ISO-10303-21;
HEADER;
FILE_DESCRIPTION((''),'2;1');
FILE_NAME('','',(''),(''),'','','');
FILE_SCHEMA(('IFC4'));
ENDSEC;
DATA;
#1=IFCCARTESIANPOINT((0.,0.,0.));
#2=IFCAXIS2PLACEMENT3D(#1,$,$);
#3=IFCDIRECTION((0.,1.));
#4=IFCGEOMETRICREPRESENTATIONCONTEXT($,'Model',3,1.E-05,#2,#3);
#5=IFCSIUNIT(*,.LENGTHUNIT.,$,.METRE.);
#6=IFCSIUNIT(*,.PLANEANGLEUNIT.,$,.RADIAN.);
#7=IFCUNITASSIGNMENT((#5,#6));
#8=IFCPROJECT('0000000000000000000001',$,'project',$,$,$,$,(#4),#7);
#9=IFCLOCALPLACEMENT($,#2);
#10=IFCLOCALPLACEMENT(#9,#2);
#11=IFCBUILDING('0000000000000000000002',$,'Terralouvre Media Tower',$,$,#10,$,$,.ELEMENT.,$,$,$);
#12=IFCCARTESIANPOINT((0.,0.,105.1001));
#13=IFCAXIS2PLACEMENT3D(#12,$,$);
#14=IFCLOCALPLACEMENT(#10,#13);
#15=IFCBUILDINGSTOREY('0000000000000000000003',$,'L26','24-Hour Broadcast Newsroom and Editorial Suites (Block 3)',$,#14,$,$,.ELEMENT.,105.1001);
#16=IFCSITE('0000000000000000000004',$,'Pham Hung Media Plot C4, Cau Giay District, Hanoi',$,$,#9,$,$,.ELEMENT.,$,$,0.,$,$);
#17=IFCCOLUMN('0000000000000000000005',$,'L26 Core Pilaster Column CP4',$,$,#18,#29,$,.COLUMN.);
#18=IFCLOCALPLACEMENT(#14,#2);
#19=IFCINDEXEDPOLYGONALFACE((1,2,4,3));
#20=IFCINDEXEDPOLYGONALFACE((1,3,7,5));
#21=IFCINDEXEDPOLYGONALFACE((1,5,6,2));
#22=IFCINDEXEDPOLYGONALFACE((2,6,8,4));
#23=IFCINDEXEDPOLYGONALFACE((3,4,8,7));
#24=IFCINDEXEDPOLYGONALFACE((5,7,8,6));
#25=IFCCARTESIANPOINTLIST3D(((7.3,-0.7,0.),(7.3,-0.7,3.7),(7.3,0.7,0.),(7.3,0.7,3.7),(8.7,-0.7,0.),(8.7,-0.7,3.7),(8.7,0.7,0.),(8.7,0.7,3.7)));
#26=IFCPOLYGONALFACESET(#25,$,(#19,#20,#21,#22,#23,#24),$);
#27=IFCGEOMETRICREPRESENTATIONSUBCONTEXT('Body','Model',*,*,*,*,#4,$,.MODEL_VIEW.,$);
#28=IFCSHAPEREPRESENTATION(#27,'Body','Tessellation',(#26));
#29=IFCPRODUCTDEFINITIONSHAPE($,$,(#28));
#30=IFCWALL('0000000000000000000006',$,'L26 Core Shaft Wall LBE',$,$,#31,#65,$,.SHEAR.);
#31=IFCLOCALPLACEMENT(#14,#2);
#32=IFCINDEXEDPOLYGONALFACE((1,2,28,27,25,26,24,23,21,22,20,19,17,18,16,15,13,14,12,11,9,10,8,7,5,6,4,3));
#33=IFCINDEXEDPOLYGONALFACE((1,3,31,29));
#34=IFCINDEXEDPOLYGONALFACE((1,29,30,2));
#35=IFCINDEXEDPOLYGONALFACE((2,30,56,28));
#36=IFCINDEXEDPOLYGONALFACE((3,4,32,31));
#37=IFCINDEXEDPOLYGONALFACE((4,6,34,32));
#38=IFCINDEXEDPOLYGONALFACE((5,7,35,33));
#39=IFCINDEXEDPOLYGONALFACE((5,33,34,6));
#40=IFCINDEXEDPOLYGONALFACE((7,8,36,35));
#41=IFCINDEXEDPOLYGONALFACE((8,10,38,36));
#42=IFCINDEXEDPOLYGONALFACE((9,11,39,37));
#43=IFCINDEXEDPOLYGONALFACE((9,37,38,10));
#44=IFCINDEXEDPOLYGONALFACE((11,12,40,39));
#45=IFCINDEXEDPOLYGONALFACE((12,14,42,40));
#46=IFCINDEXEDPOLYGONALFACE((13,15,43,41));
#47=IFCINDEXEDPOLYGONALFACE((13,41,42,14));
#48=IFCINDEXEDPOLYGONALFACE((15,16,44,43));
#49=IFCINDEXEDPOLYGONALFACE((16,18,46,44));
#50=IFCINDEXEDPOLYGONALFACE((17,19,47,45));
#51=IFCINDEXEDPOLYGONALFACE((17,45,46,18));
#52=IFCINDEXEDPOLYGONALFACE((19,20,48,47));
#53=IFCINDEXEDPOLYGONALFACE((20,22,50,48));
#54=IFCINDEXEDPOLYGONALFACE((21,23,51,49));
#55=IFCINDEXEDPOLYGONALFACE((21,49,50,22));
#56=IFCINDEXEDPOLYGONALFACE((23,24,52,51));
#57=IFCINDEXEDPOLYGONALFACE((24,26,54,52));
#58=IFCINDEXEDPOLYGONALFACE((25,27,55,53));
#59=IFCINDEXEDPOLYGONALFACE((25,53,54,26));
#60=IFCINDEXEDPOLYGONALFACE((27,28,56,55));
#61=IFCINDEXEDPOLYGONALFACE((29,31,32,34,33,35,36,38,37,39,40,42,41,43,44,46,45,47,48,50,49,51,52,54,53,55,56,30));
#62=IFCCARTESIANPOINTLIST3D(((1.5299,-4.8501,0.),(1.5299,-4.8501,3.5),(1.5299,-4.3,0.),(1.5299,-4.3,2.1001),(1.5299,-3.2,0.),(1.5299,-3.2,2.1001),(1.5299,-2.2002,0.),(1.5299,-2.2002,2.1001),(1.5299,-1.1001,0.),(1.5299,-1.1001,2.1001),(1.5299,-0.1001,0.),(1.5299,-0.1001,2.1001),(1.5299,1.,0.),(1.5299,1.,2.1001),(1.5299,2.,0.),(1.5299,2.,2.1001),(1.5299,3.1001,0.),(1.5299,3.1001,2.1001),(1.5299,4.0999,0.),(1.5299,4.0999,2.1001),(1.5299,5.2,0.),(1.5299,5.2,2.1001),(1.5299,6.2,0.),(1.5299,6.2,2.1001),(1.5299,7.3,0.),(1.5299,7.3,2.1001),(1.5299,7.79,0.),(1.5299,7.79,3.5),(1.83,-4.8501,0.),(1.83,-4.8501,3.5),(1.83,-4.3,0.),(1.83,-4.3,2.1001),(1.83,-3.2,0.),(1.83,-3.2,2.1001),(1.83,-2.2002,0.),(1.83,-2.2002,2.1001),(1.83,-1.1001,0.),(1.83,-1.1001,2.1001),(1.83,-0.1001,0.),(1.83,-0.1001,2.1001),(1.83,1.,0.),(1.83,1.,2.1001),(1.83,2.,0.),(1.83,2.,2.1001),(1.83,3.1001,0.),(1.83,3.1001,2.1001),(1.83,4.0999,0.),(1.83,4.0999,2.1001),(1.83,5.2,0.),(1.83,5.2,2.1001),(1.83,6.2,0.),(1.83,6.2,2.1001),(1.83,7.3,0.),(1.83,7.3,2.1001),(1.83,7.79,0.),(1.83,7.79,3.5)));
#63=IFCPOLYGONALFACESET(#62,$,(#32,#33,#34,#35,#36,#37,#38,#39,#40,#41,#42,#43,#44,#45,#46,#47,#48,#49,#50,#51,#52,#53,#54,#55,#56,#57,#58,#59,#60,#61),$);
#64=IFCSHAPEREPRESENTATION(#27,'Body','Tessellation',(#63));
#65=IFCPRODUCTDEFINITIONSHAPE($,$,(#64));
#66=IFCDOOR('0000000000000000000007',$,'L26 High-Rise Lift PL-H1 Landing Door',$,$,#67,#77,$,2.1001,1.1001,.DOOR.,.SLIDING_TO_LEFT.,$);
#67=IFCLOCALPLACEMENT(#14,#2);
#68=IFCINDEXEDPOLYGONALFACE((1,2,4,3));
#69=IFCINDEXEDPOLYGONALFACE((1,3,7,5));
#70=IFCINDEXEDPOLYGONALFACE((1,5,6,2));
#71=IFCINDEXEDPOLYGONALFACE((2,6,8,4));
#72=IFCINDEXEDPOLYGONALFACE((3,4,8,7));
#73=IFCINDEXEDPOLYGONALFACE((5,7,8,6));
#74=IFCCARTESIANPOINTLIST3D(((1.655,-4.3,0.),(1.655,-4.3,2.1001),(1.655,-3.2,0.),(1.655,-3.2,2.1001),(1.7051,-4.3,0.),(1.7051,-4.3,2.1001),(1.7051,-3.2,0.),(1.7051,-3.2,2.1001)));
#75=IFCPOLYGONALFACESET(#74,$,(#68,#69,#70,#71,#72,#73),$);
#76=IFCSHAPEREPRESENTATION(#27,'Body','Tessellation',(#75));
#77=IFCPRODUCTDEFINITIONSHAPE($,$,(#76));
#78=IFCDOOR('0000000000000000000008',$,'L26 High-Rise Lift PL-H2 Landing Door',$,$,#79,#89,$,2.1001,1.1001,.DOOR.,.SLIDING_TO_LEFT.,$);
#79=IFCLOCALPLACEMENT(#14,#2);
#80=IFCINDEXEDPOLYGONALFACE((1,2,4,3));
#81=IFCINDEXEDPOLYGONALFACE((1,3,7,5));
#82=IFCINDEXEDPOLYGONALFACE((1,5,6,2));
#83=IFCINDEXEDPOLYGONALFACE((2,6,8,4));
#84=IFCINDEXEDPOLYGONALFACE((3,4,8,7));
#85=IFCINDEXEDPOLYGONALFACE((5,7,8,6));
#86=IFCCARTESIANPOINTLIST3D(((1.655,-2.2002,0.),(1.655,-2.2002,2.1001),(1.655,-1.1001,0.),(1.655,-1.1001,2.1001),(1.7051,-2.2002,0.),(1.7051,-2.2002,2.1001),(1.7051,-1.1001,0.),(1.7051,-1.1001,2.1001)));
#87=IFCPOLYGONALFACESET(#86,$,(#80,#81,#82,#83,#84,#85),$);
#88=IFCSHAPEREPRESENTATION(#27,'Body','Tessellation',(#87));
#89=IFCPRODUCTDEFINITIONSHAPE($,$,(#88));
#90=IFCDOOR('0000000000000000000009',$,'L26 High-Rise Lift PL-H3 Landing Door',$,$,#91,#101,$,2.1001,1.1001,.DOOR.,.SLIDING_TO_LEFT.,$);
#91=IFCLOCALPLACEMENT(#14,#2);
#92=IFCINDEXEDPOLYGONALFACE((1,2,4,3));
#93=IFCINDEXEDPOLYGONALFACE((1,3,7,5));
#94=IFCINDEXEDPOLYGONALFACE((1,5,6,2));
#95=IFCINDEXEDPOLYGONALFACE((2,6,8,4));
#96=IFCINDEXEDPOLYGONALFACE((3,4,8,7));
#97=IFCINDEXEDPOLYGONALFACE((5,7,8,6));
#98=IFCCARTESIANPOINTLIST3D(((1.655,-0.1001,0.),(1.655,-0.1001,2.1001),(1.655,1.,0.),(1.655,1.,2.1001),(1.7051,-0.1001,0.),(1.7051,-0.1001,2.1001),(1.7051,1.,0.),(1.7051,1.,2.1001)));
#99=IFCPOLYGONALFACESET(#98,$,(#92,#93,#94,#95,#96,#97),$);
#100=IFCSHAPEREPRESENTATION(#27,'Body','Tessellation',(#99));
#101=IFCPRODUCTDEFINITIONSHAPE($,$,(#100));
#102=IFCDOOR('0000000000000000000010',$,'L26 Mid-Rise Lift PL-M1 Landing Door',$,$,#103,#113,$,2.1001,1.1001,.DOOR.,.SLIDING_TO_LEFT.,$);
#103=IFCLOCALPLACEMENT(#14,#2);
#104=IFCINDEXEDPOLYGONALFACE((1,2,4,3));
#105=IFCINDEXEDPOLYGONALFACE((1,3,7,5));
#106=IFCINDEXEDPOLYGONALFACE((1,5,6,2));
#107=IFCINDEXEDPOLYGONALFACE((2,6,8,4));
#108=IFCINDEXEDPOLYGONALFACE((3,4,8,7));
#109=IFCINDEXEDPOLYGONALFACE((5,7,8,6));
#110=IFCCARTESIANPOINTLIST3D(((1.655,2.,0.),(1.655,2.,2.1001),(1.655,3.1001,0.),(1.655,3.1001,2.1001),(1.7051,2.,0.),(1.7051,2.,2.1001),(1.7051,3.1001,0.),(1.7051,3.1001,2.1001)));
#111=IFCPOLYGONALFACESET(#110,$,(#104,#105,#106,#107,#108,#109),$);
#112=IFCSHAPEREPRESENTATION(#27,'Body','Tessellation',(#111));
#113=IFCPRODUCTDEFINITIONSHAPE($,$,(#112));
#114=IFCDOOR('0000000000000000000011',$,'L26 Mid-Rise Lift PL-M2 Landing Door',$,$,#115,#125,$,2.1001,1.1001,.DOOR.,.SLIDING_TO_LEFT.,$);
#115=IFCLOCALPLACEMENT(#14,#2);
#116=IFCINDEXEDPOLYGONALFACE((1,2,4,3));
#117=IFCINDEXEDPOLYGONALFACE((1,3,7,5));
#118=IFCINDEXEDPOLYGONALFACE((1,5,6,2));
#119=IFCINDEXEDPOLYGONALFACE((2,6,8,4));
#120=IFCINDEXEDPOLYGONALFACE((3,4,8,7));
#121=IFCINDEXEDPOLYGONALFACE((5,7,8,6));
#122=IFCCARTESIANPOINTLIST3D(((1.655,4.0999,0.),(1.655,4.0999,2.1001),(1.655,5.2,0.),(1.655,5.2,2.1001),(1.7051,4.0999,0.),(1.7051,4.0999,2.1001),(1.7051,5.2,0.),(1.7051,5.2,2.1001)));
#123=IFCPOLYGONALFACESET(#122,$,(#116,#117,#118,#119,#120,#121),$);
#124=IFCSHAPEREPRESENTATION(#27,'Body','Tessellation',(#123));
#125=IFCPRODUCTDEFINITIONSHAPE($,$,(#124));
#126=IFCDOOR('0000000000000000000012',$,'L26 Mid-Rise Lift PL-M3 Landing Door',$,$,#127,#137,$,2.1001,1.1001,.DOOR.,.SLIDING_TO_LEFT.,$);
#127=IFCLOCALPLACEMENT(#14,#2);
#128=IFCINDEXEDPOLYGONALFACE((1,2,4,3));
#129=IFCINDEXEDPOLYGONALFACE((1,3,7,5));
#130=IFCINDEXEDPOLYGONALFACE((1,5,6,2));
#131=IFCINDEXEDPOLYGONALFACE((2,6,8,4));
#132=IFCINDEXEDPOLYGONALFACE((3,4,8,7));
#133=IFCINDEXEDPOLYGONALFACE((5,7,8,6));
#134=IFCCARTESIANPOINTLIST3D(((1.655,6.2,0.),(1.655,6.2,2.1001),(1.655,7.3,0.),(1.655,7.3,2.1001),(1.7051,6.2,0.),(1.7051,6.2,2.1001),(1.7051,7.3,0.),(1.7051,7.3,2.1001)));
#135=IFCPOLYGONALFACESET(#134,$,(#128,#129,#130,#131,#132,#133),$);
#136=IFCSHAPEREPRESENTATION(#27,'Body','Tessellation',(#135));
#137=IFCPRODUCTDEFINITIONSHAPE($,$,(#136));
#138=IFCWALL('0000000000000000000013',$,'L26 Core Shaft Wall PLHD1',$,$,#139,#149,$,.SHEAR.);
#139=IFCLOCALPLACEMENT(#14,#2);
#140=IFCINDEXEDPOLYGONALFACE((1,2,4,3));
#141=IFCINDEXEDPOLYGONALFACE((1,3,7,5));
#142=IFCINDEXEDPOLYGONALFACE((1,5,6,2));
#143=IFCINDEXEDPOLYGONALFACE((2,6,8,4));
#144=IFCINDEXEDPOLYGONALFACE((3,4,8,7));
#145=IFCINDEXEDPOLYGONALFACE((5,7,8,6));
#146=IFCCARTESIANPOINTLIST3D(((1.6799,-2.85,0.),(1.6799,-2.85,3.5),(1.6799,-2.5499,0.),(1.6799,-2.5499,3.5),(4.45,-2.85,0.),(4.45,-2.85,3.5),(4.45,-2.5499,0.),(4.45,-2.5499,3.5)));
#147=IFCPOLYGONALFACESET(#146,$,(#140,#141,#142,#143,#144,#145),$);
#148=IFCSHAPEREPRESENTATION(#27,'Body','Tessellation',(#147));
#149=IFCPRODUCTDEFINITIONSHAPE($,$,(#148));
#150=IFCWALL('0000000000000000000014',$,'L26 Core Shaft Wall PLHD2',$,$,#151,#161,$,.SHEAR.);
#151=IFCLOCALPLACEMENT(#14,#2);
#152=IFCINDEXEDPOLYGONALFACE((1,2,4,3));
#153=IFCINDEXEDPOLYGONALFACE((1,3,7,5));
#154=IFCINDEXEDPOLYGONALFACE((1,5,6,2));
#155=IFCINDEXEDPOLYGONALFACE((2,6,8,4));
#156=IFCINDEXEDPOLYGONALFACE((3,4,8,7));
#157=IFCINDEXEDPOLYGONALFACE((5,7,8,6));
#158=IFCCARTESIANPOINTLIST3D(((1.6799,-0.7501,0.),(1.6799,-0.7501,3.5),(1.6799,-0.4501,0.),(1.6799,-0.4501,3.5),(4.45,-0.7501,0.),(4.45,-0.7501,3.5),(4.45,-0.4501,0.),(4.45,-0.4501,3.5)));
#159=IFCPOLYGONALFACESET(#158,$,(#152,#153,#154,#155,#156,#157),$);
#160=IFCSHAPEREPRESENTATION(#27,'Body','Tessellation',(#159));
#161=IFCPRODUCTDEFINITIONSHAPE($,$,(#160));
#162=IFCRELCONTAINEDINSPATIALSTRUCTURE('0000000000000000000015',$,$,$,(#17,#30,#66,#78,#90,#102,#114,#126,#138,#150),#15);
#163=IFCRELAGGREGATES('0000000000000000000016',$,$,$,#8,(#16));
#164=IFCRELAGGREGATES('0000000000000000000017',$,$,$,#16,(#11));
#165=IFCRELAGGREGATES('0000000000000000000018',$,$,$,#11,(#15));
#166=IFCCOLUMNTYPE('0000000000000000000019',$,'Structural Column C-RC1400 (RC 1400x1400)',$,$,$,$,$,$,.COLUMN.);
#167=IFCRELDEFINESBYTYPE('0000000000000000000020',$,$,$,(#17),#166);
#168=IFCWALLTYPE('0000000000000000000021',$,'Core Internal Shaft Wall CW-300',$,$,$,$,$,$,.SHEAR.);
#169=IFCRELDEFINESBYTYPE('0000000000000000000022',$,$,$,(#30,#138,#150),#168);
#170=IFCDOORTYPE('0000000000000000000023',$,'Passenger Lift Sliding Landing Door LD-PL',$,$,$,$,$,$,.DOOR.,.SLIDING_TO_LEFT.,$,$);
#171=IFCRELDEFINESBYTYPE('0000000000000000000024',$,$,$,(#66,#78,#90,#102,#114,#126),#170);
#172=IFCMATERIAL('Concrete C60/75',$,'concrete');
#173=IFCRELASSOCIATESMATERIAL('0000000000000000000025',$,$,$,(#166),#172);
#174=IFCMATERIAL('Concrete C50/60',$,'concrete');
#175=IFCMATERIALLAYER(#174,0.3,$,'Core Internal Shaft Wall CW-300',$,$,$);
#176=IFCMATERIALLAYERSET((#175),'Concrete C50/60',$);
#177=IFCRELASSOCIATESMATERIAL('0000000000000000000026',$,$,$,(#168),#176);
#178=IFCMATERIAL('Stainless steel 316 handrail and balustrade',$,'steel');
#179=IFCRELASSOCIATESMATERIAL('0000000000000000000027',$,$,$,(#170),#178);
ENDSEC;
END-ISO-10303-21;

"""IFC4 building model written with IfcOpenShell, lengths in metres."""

from ifc_helpers import new_model, si_unit, direction, frame, frame_2d, origin, origin_2d, place, context, subcontext, project, spatial, rectangle, extrude, material, layer, layer_set, material_profile, profile_set, type_object, element, fill, save


model = new_model("IFC4")

# Units and contexts
model_context = context("Model", 3, precision=1e-05, world=origin(), true_north=direction((0.0, 1.0)))
body_context = subcontext(model_context, "Body", "Model", "MODEL_VIEW")
ifc_project = project(units=[si_unit("LENGTHUNIT", "METRE"), si_unit("PLANEANGLEUNIT", "RADIAN")], contexts=[model_context])

# Site, building, storey
site_placement = place(None, origin())
site = spatial("IfcSite", under=ifc_project, at=site_placement, Name="Pham Hung Media Plot C4, Cau Giay District, Hanoi", CompositionType="ELEMENT", RefElevation=0.0)
building_placement = place(site_placement, origin())
building = spatial("IfcBuilding", under=site, at=building_placement, Name="Terralouvre Media Tower", CompositionType="ELEMENT")
storey_placement = place(building_placement, frame((0.0, 0.0, 105.1001)))
storey = spatial("IfcBuildingStorey", under=building, at=storey_placement, Name="L26", Description="24-Hour Broadcast Newsroom and Editorial Suites (Block 3)", CompositionType="ELEMENT", Elevation=105.1001)

# Column
ifc_material_1 = material(Name="Concrete C60/75", Category="concrete")
ifc_material_profile = material_profile(ifc_material_1, rectangle(XDim=1.3999, YDim=1.3999, at=origin_2d()), Name="RC 1400x1400")
ifc_profile_set = profile_set([ifc_material_profile], Name="Concrete C60/75")
column_type = type_object("IfcColumnType", Name="Structural Column C-RC1400 (RC 1400x1400)", PredefinedType="COLUMN", material=ifc_profile_set)
column_placement = place(storey_placement, frame((8.0, 0.0, 0.0), z_axis=(0.0, 0.0, 1.0), x_axis=(1.0, 0.0, 0.0)))
element("IfcColumn", 1, at=column_placement, inside=storey, type_object=column_type, Name="L26 Core Pilaster Column CP4", PredefinedType="COLUMN", context=body_context, shape_type="SweptSolid", body=[
    extrude(rectangle(XDim=1.3999, YDim=1.3999, at=origin_2d()), origin(), (0.0, 0.0, 1.0), 3.7),
])

# Shared definitions
ifc_material_2 = material(Name="Concrete C50/60", Category="concrete")
ifc_layer_1 = layer(ifc_material_2, 0.3, Name="Core Internal Shaft Wall CW-300")
ifc_layer_set_1 = layer_set([ifc_layer_1], Name="Concrete C50/60")
wall_type = type_object("IfcWallType", Name="Core Internal Shaft Wall CW-300", PredefinedType="SHEAR", material=ifc_layer_set_1)

# Wall, openings, doors
wall_1_placement = place(storey_placement, frame((1.6799, -4.8501, 0.0), z_axis=(0.0, 0.0, 1.0), x_axis=(0.0, 1.0, 0.0)))
wall_1 = element("IfcWall", 2, at=wall_1_placement, inside=storey, type_object=wall_type, Name="L26 Core Shaft Wall LBE", PredefinedType="SHEAR", context=body_context, shape_type="SweptSolid", body=[
    extrude(rectangle(XDim=12.6401, YDim=0.3, at=frame_2d((6.3201, 0.0))), origin(), (0.0, 0.0, 1.0), 3.5),
])
opening_1_placement = place(wall_1_placement, frame((0.55, 0.0, 0.0)))
opening_1 = element("IfcOpeningElement", 3, at=opening_1_placement, cuts=wall_1, PredefinedType="OPENING", context=body_context, shape_type="SweptSolid", body=[
    extrude(rectangle(XDim=1.1001, YDim=2.1001, at=frame_2d((0.55, 1.05))), frame((0.0, 0.1599, 0.0), z_axis=(0.0, -1.0, 0.0), x_axis=(1.0, 0.0, 0.0)), (0.0, 0.0, 1.0), 0.3201),
])
opening_2_placement = place(wall_1_placement, frame((2.6499, 0.0, 0.0)))
opening_2 = element("IfcOpeningElement", 4, at=opening_2_placement, cuts=wall_1, PredefinedType="OPENING", context=body_context, shape_type="SweptSolid", body=[
    extrude(rectangle(XDim=1.1001, YDim=2.1001, at=frame_2d((0.55, 1.05))), frame((0.0, 0.1599, 0.0), z_axis=(0.0, -1.0, 0.0), x_axis=(1.0, 0.0, 0.0)), (0.0, 0.0, 1.0), 0.3201),
])
opening_3_placement = place(wall_1_placement, frame((4.75, 0.0, 0.0)))
opening_3 = element("IfcOpeningElement", 5, at=opening_3_placement, cuts=wall_1, PredefinedType="OPENING", context=body_context, shape_type="SweptSolid", body=[
    extrude(rectangle(XDim=1.1001, YDim=2.1001, at=frame_2d((0.55, 1.05))), frame((0.0, 0.1599, 0.0), z_axis=(0.0, -1.0, 0.0), x_axis=(1.0, 0.0, 0.0)), (0.0, 0.0, 1.0), 0.3201),
])
opening_4_placement = place(wall_1_placement, frame((6.8501, 0.0, 0.0)))
opening_4 = element("IfcOpeningElement", 6, at=opening_4_placement, cuts=wall_1, PredefinedType="OPENING", context=body_context, shape_type="SweptSolid", body=[
    extrude(rectangle(XDim=1.1001, YDim=2.1001, at=frame_2d((0.55, 1.05))), frame((0.0, 0.1599, 0.0), z_axis=(0.0, -1.0, 0.0), x_axis=(1.0, 0.0, 0.0)), (0.0, 0.0, 1.0), 0.3201),
])
opening_5_placement = place(wall_1_placement, frame((8.95, 0.0, 0.0)))
opening_5 = element("IfcOpeningElement", 7, at=opening_5_placement, cuts=wall_1, PredefinedType="OPENING", context=body_context, shape_type="SweptSolid", body=[
    extrude(rectangle(XDim=1.1001, YDim=2.1001, at=frame_2d((0.55, 1.05))), frame((0.0, 0.1599, 0.0), z_axis=(0.0, -1.0, 0.0), x_axis=(1.0, 0.0, 0.0)), (0.0, 0.0, 1.0), 0.3201),
])
opening_6_placement = place(wall_1_placement, frame((11.05, 0.0, 0.0)))
opening_6 = element("IfcOpeningElement", 8, at=opening_6_placement, cuts=wall_1, PredefinedType="OPENING", context=body_context, shape_type="SweptSolid", body=[
    extrude(rectangle(XDim=1.1001, YDim=2.1001, at=frame_2d((0.55, 1.05))), frame((0.0, 0.1599, 0.0), z_axis=(0.0, -1.0, 0.0), x_axis=(1.0, 0.0, 0.0)), (0.0, 0.0, 1.0), 0.3201),
])
ifc_material_3 = material(Name="Stainless steel 316 handrail and balustrade", Category="steel")
door_type_1 = type_object("IfcDoorType", Name="Passenger Lift Sliding Landing Door LD-PL", OperationType="SLIDING_TO_LEFT", PredefinedType="DOOR", material=ifc_material_3)
door_1_placement = place(opening_1_placement, origin())
door_1 = element("IfcDoor", 9, at=door_1_placement, inside=storey, type_object=door_type_1, Name="L26 High-Rise Lift PL-H1 Landing Door", OperationType="SLIDING_TO_LEFT", OverallHeight=2.1001, OverallWidth=1.1001, PredefinedType="DOOR", context=body_context, shape_type="SweptSolid", body=[
    extrude(rectangle(XDim=1.1001, YDim=2.1001, at=frame_2d((0.55, 1.05))), frame((0.0, 0.0249, 0.0), z_axis=(0.0, -1.0, 0.0), x_axis=(1.0, 0.0, 0.0)), (0.0, 0.0, 1.0), 0.05),
])
fill(opening_1, door_1)
door_2_placement = place(opening_2_placement, origin())
door_2 = element("IfcDoor", 10, at=door_2_placement, inside=storey, type_object=door_type_1, Name="L26 High-Rise Lift PL-H2 Landing Door", OperationType="SLIDING_TO_LEFT", OverallHeight=2.1001, OverallWidth=1.1001, PredefinedType="DOOR", context=body_context, shape_type="SweptSolid", body=[
    extrude(rectangle(XDim=1.1001, YDim=2.1001, at=frame_2d((0.55, 1.05))), frame((0.0, 0.0249, 0.0), z_axis=(0.0, -1.0, 0.0), x_axis=(1.0, 0.0, 0.0)), (0.0, 0.0, 1.0), 0.05),
])
fill(opening_2, door_2)
door_3_placement = place(opening_3_placement, origin())
door_3 = element("IfcDoor", 11, at=door_3_placement, inside=storey, type_object=door_type_1, Name="L26 High-Rise Lift PL-H3 Landing Door", OperationType="SLIDING_TO_LEFT", OverallHeight=2.1001, OverallWidth=1.1001, PredefinedType="DOOR", context=body_context, shape_type="SweptSolid", body=[
    extrude(rectangle(XDim=1.1001, YDim=2.1001, at=frame_2d((0.55, 1.05))), frame((0.0, 0.0249, 0.0), z_axis=(0.0, -1.0, 0.0), x_axis=(1.0, 0.0, 0.0)), (0.0, 0.0, 1.0), 0.05),
])
fill(opening_3, door_3)
door_4_placement = place(opening_4_placement, origin())
door_4 = element("IfcDoor", 12, at=door_4_placement, inside=storey, type_object=door_type_1, Name="L26 Mid-Rise Lift PL-M1 Landing Door", OperationType="SLIDING_TO_LEFT", OverallHeight=2.1001, OverallWidth=1.1001, PredefinedType="DOOR", context=body_context, shape_type="SweptSolid", body=[
    extrude(rectangle(XDim=1.1001, YDim=2.1001, at=frame_2d((0.55, 1.05))), frame((0.0, 0.0249, 0.0), z_axis=(0.0, -1.0, 0.0), x_axis=(1.0, 0.0, 0.0)), (0.0, 0.0, 1.0), 0.05),
])
fill(opening_4, door_4)
door_5_placement = place(opening_5_placement, origin())
door_5 = element("IfcDoor", 13, at=door_5_placement, inside=storey, type_object=door_type_1, Name="L26 Mid-Rise Lift PL-M2 Landing Door", OperationType="SLIDING_TO_LEFT", OverallHeight=2.1001, OverallWidth=1.1001, PredefinedType="DOOR", context=body_context, shape_type="SweptSolid", body=[
    extrude(rectangle(XDim=1.1001, YDim=2.1001, at=frame_2d((0.55, 1.05))), frame((0.0, 0.0249, 0.0), z_axis=(0.0, -1.0, 0.0), x_axis=(1.0, 0.0, 0.0)), (0.0, 0.0, 1.0), 0.05),
])
fill(opening_5, door_5)
door_6_placement = place(opening_6_placement, origin())
door_6 = element("IfcDoor", 14, at=door_6_placement, inside=storey, type_object=door_type_1, Name="L26 Mid-Rise Lift PL-M3 Landing Door", OperationType="SLIDING_TO_LEFT", OverallHeight=2.1001, OverallWidth=1.1001, PredefinedType="DOOR", context=body_context, shape_type="SweptSolid", body=[
    extrude(rectangle(XDim=1.1001, YDim=2.1001, at=frame_2d((0.55, 1.05))), frame((0.0, 0.0249, 0.0), z_axis=(0.0, -1.0, 0.0), x_axis=(1.0, 0.0, 0.0)), (0.0, 0.0, 1.0), 0.05),
])
fill(opening_6, door_6)

# Walls
for number, where, z_axis, x_axis, name in (
    (15, (1.6799, -2.7, 0.0), (0.0, 0.0, 1.0), (1.0, 0.0, 0.0), "L26 Core Shaft Wall PLHD1"),
    (16, (1.6799, -0.6001, 0.0), (0.0, 0.0, 1.0), (1.0, 0.0, 0.0), "L26 Core Shaft Wall PLHD2"),
):
    element("IfcWall", number, at=place(storey_placement, frame(where, z_axis=z_axis, x_axis=x_axis)), inside=storey, type_object=wall_type, Name=name, PredefinedType="SHEAR", context=body_context, shape_type="SweptSolid", body=[
        extrude(rectangle(XDim=2.77, YDim=0.3, at=frame_2d((1.385, 0.0))), origin(), (0.0, 0.0, 1.0), 3.5),
    ])

save(model, "model.ifc")
